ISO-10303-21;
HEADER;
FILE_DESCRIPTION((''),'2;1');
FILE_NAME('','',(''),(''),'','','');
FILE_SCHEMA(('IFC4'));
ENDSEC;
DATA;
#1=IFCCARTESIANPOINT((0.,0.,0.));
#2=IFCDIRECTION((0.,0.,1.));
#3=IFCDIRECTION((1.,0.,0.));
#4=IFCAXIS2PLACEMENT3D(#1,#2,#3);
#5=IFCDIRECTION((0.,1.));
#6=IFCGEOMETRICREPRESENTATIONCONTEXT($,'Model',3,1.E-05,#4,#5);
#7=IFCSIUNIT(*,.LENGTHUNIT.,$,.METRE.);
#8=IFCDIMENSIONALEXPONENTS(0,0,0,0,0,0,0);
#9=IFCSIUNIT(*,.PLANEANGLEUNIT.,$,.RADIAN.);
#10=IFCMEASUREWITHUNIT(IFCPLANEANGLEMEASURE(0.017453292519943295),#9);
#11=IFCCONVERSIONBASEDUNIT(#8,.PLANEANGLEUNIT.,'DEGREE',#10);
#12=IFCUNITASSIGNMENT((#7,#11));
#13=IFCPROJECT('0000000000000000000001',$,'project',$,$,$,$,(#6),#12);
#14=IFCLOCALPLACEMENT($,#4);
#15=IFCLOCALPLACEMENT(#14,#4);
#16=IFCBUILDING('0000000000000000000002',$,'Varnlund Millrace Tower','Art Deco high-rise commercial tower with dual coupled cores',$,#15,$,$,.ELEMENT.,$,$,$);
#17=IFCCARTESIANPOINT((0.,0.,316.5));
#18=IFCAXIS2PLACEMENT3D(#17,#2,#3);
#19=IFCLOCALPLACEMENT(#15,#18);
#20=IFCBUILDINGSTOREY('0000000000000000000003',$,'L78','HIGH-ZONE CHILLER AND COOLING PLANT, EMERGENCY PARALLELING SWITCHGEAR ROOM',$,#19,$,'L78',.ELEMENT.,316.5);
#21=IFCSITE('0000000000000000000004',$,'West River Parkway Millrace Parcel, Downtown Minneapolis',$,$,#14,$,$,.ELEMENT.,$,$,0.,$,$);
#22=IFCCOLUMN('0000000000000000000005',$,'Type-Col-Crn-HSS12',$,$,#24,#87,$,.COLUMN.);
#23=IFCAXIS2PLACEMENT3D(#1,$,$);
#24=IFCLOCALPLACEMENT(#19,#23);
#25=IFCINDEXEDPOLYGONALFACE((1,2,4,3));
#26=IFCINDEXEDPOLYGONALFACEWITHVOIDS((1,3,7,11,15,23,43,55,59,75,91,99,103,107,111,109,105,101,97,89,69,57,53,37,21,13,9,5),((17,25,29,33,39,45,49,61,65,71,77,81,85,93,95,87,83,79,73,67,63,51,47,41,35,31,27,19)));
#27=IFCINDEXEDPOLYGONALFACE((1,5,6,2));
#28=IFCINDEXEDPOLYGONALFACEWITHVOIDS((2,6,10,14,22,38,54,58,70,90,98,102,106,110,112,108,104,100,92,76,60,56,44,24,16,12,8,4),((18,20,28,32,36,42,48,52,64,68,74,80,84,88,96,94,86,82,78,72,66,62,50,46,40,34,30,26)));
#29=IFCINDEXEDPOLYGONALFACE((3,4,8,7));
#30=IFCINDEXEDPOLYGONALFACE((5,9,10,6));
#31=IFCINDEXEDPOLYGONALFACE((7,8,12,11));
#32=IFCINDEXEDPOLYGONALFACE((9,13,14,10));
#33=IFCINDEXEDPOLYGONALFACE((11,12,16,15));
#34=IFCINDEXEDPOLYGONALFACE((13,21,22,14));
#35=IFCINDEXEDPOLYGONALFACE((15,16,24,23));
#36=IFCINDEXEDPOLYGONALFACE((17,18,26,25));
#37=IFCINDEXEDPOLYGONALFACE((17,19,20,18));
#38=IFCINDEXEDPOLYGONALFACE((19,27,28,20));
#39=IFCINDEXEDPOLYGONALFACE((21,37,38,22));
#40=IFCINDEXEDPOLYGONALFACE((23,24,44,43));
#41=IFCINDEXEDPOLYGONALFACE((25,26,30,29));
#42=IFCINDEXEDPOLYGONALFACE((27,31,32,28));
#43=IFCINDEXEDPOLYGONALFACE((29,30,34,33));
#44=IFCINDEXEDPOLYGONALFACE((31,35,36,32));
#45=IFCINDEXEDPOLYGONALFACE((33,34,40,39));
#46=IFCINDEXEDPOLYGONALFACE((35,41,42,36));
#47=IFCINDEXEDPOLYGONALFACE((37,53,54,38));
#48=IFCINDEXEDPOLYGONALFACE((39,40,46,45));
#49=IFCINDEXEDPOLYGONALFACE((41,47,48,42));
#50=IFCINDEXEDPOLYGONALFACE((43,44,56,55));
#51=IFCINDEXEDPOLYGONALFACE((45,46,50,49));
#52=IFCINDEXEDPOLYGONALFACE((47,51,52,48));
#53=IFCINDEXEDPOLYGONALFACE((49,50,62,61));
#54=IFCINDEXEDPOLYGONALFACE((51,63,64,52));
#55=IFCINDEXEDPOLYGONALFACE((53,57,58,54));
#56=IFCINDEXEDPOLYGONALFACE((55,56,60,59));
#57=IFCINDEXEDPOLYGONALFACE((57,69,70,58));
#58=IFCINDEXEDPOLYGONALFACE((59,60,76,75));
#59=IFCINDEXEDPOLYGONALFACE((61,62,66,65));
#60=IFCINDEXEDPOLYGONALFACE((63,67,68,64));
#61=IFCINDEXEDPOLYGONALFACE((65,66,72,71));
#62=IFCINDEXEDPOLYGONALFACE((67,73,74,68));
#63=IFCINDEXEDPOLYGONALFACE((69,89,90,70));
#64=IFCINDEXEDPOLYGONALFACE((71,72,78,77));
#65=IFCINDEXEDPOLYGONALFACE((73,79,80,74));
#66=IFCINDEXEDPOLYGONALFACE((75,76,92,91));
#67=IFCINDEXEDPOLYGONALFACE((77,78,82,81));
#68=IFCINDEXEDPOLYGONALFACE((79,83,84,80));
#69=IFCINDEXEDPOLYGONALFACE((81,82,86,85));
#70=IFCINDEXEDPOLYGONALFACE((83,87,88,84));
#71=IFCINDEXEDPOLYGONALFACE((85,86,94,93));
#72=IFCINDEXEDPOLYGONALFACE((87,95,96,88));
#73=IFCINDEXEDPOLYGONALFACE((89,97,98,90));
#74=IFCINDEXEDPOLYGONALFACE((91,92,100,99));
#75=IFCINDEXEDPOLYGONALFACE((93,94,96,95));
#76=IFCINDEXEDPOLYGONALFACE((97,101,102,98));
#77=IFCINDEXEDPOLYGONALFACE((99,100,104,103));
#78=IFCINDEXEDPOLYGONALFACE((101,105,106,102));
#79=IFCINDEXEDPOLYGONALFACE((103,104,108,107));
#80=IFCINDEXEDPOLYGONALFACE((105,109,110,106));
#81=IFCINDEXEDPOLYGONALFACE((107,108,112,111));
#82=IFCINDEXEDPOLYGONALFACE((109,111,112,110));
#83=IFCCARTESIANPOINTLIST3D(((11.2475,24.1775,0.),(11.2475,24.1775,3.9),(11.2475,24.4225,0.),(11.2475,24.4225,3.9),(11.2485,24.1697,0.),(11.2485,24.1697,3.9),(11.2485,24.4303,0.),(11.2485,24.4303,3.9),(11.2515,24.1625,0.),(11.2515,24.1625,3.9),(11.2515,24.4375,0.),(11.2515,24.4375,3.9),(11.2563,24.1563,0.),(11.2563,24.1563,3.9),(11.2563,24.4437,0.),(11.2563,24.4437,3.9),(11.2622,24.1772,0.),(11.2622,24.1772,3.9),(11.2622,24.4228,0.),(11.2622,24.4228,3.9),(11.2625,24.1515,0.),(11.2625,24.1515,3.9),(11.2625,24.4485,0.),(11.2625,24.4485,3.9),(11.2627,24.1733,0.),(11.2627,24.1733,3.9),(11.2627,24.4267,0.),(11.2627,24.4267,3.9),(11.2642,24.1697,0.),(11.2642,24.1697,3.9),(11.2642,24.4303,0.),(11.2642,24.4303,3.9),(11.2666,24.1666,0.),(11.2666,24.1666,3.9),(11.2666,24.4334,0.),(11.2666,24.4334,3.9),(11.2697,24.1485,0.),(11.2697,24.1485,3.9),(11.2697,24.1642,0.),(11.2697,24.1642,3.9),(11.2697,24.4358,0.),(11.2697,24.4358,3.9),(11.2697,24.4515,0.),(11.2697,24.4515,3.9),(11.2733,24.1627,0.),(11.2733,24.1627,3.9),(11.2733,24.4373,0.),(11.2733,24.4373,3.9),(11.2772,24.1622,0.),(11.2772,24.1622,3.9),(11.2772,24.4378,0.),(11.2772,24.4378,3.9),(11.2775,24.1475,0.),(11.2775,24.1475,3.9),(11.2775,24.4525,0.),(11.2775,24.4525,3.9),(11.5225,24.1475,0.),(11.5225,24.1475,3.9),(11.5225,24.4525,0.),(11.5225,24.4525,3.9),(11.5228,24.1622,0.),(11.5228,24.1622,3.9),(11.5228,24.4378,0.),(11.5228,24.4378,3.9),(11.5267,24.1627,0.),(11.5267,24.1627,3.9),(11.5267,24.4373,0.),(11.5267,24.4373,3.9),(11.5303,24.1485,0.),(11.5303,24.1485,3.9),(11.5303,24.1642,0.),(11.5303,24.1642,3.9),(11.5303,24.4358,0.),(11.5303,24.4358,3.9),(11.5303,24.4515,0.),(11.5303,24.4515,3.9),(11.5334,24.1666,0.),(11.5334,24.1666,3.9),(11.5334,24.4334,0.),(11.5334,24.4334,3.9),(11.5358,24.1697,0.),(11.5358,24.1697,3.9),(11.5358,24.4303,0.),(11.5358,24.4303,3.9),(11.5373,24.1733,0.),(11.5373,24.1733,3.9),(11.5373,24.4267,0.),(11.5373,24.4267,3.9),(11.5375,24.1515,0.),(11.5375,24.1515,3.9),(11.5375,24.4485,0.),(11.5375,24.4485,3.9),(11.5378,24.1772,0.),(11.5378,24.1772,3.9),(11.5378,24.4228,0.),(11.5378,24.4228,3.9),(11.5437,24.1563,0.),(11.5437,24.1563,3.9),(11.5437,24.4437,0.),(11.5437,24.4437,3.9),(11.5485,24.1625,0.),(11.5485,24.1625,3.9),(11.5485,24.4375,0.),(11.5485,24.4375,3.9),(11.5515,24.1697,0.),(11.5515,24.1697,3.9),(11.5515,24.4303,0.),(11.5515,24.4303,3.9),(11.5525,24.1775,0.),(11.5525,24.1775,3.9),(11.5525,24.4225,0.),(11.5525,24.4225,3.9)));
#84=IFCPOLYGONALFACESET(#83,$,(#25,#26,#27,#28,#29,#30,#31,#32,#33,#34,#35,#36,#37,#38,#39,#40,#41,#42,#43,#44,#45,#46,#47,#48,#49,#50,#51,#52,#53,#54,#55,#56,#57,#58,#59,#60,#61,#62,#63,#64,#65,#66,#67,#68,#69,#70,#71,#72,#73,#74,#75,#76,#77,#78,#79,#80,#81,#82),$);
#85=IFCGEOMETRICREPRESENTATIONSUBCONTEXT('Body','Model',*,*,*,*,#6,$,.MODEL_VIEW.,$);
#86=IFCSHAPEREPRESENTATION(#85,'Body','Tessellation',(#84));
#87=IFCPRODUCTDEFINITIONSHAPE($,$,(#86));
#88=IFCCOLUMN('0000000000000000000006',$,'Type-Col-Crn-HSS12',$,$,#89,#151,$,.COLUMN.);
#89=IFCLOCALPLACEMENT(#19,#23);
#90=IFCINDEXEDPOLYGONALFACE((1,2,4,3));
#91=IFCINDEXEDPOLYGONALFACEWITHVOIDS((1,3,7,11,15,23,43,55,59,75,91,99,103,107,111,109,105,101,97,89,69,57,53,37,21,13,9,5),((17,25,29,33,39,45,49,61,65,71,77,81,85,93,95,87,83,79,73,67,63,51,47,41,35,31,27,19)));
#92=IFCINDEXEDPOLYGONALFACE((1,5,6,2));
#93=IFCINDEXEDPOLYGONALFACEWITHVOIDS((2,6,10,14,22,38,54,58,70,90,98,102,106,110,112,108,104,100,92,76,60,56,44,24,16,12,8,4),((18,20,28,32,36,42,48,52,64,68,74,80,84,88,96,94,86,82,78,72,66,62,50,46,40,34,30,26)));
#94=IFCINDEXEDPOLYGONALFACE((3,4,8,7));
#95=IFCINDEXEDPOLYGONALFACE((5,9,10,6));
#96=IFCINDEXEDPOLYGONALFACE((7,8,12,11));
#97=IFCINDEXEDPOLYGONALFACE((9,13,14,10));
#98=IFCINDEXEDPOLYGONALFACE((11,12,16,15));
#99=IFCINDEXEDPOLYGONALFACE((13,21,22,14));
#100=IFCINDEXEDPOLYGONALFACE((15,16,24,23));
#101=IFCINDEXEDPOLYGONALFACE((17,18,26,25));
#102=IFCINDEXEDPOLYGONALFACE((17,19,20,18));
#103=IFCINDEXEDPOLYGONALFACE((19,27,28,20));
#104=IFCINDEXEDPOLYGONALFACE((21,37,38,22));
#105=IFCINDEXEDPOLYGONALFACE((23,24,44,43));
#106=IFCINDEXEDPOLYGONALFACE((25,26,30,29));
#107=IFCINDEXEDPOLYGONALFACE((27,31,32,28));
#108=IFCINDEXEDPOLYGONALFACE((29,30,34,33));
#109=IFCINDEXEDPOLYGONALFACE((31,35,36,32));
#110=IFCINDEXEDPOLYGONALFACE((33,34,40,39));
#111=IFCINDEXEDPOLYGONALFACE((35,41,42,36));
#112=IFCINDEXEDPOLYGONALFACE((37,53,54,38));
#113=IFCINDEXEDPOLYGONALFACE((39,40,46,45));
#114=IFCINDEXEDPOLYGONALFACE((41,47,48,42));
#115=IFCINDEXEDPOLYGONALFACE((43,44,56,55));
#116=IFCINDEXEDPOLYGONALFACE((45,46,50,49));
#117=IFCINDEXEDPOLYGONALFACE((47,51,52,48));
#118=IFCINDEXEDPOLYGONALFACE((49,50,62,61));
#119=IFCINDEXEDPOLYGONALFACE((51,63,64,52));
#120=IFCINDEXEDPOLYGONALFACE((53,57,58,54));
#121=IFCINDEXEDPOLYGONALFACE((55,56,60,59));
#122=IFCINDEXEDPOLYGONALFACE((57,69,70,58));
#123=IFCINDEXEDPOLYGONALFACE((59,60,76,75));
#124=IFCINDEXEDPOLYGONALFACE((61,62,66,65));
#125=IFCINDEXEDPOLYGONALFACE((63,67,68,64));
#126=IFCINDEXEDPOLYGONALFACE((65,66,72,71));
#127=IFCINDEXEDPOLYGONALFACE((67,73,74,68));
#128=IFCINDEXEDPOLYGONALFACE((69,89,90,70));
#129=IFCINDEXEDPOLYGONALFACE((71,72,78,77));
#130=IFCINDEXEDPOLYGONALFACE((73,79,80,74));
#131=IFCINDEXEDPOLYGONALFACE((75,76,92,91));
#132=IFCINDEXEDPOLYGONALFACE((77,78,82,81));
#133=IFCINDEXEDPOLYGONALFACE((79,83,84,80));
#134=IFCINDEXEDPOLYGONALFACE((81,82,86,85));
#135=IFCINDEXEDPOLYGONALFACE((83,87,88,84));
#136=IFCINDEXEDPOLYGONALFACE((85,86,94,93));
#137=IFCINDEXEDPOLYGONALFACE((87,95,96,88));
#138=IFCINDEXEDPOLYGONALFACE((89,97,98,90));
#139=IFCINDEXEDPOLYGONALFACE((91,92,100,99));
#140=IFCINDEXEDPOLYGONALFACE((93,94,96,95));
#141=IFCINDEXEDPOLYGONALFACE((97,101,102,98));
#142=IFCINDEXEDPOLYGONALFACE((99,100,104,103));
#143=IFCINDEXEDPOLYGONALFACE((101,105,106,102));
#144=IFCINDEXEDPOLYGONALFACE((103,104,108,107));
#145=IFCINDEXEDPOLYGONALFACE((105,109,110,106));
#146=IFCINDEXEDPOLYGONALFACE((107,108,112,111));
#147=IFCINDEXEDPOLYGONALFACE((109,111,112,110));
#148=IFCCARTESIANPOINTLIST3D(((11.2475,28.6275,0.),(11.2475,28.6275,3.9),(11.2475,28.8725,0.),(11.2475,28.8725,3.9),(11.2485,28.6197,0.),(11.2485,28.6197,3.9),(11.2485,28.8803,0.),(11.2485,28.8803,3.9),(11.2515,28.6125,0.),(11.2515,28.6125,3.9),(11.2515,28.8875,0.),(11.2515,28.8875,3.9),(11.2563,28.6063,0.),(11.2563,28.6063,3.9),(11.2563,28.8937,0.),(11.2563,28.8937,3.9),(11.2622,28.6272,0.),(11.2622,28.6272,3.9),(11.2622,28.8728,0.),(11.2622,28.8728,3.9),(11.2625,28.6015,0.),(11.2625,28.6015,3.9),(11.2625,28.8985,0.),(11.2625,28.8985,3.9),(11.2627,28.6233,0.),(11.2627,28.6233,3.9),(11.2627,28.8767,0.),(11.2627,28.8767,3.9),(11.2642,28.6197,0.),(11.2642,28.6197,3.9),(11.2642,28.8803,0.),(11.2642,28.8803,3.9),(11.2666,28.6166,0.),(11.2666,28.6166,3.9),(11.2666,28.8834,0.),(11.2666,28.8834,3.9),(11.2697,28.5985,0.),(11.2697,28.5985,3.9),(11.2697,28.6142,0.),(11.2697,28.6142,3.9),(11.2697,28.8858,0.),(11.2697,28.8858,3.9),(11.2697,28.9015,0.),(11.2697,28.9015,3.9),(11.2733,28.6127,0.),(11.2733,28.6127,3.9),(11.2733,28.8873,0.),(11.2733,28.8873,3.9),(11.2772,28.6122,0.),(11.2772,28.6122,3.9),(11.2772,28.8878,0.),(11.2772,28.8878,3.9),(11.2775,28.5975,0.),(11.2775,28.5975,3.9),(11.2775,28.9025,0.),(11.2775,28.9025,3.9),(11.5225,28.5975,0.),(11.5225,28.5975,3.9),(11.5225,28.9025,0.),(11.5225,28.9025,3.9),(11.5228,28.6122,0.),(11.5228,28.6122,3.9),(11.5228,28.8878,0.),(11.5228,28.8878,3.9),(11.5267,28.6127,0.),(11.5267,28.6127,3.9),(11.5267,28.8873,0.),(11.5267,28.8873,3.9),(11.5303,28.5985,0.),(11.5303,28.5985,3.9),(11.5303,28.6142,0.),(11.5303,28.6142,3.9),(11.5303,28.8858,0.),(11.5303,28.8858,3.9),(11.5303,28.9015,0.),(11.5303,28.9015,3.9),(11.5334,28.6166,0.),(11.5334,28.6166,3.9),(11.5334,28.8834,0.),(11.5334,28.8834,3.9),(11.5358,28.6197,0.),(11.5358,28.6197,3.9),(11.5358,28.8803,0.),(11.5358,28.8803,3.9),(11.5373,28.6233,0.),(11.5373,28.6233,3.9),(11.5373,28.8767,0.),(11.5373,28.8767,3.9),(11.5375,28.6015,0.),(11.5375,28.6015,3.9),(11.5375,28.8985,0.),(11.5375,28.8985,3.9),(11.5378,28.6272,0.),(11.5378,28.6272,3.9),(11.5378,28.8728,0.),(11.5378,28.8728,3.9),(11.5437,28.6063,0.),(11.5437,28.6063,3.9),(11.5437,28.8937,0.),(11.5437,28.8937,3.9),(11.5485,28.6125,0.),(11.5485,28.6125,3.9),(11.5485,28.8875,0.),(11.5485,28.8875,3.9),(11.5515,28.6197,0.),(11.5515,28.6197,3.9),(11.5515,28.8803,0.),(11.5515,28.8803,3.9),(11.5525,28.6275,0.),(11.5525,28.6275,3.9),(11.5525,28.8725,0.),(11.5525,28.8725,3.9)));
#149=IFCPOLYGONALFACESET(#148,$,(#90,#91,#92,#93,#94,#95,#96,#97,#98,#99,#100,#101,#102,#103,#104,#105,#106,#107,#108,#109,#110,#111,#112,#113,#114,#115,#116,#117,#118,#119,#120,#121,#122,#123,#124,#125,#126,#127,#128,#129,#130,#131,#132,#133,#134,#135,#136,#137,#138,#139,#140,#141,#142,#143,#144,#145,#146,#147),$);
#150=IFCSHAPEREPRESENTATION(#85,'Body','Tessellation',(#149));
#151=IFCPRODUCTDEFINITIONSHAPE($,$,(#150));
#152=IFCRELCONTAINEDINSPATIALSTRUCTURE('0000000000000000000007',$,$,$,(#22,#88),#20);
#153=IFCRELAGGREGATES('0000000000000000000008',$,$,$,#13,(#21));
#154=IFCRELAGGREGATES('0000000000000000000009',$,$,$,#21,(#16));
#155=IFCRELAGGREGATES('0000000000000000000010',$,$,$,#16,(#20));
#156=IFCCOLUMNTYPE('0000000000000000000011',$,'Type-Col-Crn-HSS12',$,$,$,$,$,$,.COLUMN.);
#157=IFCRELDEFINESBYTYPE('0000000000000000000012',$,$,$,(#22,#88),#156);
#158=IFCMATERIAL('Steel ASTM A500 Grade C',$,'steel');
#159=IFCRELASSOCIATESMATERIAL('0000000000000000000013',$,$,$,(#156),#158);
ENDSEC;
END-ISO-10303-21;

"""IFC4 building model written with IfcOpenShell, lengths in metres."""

from ifc_helpers import new_model, entity, si_unit, converted_unit, direction, frame, origin_with_axes, origin_2d_with_axis, place, context, subcontext, project, spatial, hollow_rectangle, extrude, material, material_profile, profile_set, type_object, element, save


model = new_model("IFC4")

# Units and contexts
model_context = context("Model", 3, precision=1e-05, world=origin_with_axes(), true_north=direction((0.0, 1.0)))
body_context = subcontext(model_context, "Body", "Model", "MODEL_VIEW")
ifc_project = project(units=[si_unit("LENGTHUNIT", "METRE"), converted_unit("PLANEANGLEUNIT", "DEGREE", entity("IfcPlaneAngleMeasure", 0.017453292519943295), si_unit("PLANEANGLEUNIT", "RADIAN"), dimensions=[0, 0, 0, 0, 0, 0, 0])], contexts=[model_context])

# Site, building, storey
site_placement = place(None, origin_with_axes())
site = spatial("IfcSite", under=ifc_project, at=site_placement, Name="West River Parkway Millrace Parcel, Downtown Minneapolis", CompositionType="ELEMENT", RefElevation=0.0)
building_placement = place(site_placement, origin_with_axes())
building = spatial("IfcBuilding", under=site, at=building_placement, Name="Varnlund Millrace Tower", Description="Art Deco high-rise commercial tower with dual coupled cores", CompositionType="ELEMENT")
storey_placement = place(building_placement, frame((0.0, 0.0, 316.5), z_axis=(0.0, 0.0, 1.0), x_axis=(1.0, 0.0, 0.0)))
storey = spatial("IfcBuildingStorey", under=building, at=storey_placement, Name="L78", Description="HIGH-ZONE CHILLER AND COOLING PLANT, EMERGENCY PARALLELING SWITCHGEAR ROOM", LongName="L78", CompositionType="ELEMENT", Elevation=316.5)

# Columns
ifc_material_1 = material(Name="Steel ASTM A500 Grade C", Category="steel")
ifc_material_profile_1 = material_profile(ifc_material_1, hollow_rectangle(XDim=0.305, YDim=0.305, WallThickness=0.0147, InnerFilletRadius=0.015, OuterFilletRadius=0.03, at=origin_2d_with_axis()), Name="Steel ASTM A500 Grade C")
ifc_profile_set_1 = profile_set([ifc_material_profile_1], Name="Steel ASTM A500 Grade C")
column_type = type_object("IfcColumnType", Name="Type-Col-Crn-HSS12", PredefinedType="COLUMN", material=ifc_profile_set_1)
for number, where, z_axis, x_axis, name in (
    (1, (11.4, 24.3, 0.0), (0.0, 0.0, 1.0), (1.0, 0.0, 0.0), "Type-Col-Crn-HSS12"),
    (2, (11.4, 28.75, 0.0), (0.0, 0.0, 1.0), (1.0, 0.0, 0.0), "Type-Col-Crn-HSS12"),
):
    element("IfcColumn", number, at=place(storey_placement, frame(where, z_axis=z_axis, x_axis=x_axis)), inside=storey, type_object=column_type, Name=name, PredefinedType="COLUMN", context=body_context, shape_type="SweptSolid", body=[
        extrude(hollow_rectangle(XDim=0.305, YDim=0.305, WallThickness=0.0147, InnerFilletRadius=0.015, OuterFilletRadius=0.03, at=origin_2d_with_axis()), origin_with_axes(), (0.0, 0.0, 1.0), 3.9),
    ])

save(model, "model.ifc")
